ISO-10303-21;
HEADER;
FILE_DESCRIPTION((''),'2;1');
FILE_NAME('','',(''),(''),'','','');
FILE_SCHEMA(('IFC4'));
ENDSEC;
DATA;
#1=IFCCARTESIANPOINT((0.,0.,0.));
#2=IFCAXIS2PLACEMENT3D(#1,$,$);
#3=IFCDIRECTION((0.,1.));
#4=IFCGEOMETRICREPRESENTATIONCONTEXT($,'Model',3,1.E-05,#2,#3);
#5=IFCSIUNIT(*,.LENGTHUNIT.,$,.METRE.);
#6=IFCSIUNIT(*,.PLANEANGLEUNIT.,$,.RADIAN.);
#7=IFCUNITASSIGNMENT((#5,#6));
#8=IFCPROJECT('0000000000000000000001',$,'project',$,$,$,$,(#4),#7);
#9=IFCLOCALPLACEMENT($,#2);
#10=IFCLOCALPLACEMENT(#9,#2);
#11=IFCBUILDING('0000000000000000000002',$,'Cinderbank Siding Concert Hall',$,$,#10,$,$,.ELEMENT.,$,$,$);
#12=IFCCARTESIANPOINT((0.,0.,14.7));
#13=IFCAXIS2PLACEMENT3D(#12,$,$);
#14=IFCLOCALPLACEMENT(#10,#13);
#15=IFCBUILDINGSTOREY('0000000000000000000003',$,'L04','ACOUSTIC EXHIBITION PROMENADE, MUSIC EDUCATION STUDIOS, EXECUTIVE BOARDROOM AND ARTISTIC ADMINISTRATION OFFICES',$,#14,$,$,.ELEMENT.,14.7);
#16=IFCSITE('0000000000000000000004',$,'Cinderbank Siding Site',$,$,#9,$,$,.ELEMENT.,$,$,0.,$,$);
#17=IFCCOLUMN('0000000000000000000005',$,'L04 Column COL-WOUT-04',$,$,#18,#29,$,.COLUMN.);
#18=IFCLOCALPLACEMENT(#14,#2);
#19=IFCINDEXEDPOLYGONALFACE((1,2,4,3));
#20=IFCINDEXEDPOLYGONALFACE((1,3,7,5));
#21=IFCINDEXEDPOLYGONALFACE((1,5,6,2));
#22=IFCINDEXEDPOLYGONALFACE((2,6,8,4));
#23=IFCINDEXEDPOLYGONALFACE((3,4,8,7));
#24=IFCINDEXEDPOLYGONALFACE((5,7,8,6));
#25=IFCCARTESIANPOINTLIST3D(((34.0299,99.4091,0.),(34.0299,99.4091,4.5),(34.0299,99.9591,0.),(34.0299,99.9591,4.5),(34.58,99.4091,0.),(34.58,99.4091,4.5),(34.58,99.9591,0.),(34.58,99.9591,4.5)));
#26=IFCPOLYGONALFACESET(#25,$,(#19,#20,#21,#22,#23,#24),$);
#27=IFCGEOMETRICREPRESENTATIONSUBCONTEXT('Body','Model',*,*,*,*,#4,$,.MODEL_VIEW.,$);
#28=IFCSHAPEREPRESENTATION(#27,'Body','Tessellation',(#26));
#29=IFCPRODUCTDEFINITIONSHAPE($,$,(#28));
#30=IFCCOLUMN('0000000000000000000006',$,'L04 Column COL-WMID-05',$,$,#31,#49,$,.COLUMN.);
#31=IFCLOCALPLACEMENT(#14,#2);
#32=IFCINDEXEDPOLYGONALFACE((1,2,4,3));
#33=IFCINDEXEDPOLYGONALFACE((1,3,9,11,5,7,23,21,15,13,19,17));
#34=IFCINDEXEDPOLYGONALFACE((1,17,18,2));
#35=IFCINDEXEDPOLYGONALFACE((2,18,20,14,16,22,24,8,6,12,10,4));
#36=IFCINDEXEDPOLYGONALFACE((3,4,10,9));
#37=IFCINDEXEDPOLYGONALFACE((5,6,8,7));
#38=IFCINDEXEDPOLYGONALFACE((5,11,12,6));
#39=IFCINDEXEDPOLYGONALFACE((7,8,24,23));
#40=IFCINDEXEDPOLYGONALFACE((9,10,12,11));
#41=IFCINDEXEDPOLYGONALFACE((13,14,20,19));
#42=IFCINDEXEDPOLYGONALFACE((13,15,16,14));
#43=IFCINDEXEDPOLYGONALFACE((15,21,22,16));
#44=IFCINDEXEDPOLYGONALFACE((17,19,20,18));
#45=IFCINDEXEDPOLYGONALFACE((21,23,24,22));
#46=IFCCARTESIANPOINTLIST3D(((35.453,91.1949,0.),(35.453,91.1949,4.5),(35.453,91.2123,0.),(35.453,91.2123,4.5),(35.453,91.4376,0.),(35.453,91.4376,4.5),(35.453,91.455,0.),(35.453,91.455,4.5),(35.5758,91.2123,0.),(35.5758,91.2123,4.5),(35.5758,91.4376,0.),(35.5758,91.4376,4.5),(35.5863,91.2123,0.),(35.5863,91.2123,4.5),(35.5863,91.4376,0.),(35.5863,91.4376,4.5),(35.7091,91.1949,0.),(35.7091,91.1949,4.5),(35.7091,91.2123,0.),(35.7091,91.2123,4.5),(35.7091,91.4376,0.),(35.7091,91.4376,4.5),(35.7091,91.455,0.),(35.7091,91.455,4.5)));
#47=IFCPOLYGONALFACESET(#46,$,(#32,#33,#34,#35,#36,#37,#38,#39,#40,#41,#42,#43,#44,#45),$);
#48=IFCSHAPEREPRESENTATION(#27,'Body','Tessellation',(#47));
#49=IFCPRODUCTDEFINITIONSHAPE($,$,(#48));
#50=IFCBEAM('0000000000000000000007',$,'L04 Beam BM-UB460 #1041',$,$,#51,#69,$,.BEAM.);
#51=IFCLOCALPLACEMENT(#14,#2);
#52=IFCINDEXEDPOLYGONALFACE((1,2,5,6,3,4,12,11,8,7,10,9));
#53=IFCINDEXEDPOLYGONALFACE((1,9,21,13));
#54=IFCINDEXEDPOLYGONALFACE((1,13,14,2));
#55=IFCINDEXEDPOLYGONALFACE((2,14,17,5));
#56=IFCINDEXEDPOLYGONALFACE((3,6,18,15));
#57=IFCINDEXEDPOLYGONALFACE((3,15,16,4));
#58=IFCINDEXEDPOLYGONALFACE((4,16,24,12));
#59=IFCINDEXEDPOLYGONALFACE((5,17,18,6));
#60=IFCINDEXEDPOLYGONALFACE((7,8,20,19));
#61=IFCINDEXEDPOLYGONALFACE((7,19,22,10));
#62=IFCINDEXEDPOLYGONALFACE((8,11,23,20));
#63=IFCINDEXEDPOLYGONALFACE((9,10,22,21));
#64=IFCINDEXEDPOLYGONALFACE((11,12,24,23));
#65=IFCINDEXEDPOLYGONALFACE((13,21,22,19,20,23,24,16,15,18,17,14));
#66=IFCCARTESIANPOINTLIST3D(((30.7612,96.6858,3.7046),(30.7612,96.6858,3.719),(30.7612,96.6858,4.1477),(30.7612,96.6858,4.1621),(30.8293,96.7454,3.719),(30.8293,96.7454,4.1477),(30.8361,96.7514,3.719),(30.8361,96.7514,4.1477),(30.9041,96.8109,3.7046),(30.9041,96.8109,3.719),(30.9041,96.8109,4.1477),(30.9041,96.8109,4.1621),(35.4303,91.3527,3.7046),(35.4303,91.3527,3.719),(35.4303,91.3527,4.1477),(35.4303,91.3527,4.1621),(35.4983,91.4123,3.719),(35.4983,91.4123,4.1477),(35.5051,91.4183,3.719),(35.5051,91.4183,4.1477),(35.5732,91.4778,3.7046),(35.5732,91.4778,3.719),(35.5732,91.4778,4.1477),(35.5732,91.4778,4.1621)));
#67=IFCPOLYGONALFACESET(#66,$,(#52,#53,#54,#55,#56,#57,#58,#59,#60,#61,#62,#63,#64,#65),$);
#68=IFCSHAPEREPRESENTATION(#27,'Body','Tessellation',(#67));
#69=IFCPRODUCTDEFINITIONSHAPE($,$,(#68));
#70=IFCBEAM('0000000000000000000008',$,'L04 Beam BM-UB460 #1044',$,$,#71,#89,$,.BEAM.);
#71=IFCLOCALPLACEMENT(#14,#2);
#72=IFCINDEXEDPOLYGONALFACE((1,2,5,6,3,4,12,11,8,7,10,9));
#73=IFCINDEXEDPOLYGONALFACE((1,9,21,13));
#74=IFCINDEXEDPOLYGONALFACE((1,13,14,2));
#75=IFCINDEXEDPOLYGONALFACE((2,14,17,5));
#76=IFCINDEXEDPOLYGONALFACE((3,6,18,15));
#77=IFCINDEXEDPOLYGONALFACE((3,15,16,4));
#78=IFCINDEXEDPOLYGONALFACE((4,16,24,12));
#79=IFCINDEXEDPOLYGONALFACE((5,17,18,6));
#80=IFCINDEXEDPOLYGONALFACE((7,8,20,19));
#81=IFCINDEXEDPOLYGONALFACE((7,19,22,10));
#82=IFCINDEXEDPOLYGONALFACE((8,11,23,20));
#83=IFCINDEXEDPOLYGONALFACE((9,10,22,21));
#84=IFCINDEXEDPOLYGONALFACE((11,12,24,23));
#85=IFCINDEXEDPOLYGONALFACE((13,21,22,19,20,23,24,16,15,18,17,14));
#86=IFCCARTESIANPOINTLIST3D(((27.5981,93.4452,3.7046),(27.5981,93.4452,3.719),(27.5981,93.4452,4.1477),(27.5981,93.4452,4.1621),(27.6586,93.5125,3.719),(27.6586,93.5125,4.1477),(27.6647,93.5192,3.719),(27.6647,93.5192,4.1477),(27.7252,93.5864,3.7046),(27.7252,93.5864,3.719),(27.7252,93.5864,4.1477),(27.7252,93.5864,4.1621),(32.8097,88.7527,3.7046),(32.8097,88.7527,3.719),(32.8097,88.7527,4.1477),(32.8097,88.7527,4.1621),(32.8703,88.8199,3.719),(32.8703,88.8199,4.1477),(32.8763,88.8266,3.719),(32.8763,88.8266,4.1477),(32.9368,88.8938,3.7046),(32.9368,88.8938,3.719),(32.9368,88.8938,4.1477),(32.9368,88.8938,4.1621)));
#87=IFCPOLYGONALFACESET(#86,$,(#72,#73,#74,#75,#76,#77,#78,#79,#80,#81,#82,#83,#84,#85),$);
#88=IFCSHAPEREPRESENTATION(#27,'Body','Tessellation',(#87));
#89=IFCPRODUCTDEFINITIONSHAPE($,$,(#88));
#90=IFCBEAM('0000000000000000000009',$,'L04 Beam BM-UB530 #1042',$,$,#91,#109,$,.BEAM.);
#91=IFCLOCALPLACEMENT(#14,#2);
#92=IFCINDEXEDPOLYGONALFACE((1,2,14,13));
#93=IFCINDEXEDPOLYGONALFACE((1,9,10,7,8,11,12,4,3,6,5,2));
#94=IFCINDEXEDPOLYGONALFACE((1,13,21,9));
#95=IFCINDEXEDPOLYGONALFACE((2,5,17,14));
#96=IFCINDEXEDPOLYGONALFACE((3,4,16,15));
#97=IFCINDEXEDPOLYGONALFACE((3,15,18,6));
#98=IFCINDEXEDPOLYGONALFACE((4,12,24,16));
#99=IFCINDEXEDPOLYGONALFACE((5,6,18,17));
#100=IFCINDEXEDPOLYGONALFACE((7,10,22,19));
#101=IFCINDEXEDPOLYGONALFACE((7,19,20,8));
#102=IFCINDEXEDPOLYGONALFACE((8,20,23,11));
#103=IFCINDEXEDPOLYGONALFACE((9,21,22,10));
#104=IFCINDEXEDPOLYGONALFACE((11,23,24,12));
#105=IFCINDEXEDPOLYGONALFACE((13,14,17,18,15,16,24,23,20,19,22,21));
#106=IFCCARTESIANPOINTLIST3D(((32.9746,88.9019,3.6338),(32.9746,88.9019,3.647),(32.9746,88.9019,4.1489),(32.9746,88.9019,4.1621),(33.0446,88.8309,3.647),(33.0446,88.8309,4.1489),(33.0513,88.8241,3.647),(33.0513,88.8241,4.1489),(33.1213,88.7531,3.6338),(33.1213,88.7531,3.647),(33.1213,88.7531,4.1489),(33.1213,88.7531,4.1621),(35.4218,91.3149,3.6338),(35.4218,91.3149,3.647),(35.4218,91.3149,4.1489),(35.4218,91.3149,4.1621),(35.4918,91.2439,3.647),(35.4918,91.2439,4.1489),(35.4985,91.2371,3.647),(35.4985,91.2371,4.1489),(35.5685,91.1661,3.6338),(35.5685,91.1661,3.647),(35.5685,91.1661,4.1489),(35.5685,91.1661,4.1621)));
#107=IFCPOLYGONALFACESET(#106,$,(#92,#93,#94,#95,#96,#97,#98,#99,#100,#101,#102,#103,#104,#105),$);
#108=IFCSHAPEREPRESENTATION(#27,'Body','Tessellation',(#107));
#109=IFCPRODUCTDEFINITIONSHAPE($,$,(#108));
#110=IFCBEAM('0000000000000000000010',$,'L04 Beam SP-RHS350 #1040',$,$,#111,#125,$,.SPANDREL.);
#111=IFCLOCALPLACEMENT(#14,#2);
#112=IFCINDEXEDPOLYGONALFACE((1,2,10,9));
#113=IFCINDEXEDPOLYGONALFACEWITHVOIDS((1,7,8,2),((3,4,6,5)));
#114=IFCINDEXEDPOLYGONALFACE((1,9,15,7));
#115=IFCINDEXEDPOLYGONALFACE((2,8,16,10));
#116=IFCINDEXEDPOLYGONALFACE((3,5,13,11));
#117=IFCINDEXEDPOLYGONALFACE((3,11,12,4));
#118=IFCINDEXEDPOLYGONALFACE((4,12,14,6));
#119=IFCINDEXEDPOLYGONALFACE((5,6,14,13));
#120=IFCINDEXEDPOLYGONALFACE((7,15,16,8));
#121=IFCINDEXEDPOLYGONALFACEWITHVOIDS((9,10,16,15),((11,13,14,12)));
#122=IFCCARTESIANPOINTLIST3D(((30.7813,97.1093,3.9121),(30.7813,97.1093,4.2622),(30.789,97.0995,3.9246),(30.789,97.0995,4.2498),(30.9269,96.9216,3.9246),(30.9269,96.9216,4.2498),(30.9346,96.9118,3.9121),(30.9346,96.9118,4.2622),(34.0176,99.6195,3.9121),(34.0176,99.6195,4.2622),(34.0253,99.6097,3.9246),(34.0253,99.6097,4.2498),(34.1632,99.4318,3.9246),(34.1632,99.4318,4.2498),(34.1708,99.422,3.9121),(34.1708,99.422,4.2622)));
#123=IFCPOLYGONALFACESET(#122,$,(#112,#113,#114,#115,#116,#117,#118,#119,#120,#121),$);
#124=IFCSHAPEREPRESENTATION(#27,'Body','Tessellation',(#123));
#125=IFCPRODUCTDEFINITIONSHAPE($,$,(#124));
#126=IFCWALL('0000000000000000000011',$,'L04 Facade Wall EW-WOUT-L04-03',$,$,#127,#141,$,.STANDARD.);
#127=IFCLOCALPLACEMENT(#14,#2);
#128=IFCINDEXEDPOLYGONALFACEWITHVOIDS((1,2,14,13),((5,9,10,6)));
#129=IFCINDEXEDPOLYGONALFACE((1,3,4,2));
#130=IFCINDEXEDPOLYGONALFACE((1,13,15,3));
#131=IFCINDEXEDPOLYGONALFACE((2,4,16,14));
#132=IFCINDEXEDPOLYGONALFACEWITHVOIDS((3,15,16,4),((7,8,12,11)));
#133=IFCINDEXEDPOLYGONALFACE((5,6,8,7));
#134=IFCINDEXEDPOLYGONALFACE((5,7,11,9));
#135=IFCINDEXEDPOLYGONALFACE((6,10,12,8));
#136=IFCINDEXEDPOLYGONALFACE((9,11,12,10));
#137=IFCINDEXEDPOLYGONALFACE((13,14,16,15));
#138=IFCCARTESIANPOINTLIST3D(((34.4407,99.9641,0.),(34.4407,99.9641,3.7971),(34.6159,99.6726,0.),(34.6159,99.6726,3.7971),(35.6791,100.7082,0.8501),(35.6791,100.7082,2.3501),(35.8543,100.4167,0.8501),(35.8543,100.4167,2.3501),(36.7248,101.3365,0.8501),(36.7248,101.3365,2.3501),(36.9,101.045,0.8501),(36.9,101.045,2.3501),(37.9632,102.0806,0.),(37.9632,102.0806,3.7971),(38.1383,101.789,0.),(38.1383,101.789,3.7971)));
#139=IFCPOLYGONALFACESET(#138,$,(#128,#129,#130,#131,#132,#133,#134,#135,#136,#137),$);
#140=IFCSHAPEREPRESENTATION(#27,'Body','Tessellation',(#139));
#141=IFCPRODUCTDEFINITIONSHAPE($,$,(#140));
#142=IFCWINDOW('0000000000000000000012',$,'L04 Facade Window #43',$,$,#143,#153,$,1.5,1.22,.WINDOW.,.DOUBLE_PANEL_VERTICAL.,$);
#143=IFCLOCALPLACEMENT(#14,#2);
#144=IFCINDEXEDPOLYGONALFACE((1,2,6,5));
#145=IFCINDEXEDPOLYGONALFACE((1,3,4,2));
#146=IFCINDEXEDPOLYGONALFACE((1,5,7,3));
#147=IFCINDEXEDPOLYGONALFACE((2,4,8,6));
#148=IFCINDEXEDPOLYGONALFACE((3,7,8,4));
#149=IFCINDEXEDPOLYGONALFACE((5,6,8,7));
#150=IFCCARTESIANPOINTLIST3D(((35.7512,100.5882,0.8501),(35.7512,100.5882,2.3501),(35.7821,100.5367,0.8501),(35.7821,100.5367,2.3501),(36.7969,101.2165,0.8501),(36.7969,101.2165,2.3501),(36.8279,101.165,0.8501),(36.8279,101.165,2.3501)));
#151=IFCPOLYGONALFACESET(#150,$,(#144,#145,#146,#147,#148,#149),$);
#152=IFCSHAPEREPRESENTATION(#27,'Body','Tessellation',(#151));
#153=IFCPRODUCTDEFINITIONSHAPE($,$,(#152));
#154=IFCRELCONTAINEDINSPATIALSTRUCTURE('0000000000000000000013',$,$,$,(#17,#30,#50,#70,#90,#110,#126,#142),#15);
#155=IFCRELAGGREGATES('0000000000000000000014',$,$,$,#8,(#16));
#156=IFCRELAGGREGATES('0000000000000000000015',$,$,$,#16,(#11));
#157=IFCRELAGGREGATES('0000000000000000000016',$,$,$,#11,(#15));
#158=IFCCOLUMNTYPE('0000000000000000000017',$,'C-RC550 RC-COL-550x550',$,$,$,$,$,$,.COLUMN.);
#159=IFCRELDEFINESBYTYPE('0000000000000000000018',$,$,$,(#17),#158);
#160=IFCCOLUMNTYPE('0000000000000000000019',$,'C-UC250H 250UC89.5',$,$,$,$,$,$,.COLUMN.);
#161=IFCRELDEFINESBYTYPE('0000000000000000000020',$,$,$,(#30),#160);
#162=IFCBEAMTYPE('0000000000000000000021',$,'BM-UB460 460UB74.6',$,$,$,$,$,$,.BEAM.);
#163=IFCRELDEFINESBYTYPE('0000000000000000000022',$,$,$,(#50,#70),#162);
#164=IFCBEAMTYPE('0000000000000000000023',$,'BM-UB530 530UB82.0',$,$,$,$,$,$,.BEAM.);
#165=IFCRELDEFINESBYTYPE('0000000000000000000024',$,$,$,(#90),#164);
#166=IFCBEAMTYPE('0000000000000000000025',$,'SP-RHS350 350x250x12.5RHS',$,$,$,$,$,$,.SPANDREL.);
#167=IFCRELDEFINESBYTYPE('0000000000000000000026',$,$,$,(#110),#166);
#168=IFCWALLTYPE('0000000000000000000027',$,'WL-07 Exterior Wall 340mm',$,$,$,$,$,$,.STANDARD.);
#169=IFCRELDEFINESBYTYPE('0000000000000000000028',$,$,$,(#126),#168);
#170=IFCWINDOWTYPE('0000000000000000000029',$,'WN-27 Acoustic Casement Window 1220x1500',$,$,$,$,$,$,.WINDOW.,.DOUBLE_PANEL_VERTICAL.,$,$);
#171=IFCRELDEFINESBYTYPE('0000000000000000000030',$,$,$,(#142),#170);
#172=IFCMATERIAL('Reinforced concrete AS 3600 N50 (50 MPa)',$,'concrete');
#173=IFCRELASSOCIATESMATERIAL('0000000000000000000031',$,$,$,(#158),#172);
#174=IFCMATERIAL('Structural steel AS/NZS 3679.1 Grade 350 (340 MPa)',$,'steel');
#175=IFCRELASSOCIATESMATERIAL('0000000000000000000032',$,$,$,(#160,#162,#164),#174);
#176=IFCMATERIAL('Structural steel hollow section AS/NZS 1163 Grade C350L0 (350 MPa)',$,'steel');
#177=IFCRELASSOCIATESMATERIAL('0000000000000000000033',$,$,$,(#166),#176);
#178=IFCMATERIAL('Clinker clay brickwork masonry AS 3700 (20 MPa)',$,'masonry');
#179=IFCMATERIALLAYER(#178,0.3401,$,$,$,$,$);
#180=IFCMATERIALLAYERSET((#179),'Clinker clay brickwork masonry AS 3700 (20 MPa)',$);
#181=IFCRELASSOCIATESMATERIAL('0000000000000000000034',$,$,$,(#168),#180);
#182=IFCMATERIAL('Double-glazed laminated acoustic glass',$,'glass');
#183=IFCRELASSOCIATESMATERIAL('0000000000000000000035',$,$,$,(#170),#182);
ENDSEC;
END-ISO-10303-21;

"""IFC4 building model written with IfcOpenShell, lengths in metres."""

from ifc_helpers import new_model, si_unit, direction, frame, frame_2d, origin, origin_2d, place, context, subcontext, project, spatial, rectangle, hollow_rectangle, i_section, extrude, material, layer, layer_set, material_profile, profile_set, type_object, element, fill, save


model = new_model("IFC4")

# Units and contexts
model_context = context("Model", 3, precision=1e-05, world=origin(), true_north=direction((0.0, 1.0)))
body_context = subcontext(model_context, "Body", "Model", "MODEL_VIEW")
ifc_project = project(units=[si_unit("LENGTHUNIT", "METRE"), si_unit("PLANEANGLEUNIT", "RADIAN")], contexts=[model_context])

# Site, building, storey
site_placement = place(None, origin())
site = spatial("IfcSite", under=ifc_project, at=site_placement, Name="Cinderbank Siding Site", CompositionType="ELEMENT", RefElevation=0.0)
building_placement = place(site_placement, origin())
building = spatial("IfcBuilding", under=site, at=building_placement, Name="Cinderbank Siding Concert Hall", CompositionType="ELEMENT")
storey_placement = place(building_placement, frame((0.0, 0.0, 14.7)))
storey = spatial("IfcBuildingStorey", under=building, at=storey_placement, Name="L04", Description="ACOUSTIC EXHIBITION PROMENADE, MUSIC EDUCATION STUDIOS, EXECUTIVE BOARDROOM AND ARTISTIC ADMINISTRATION OFFICES", CompositionType="ELEMENT", Elevation=14.7)

# Columns
ifc_material_1 = material(Name="Reinforced concrete AS 3600 N50 (50 MPa)", Category="concrete")
ifc_material_profile_1 = material_profile(ifc_material_1, rectangle(XDim=0.55, YDim=0.55, at=origin_2d()), Name="RC-COL-550x550", Category="LoadBearing")
ifc_profile_set_1 = profile_set([ifc_material_profile_1], Name="Reinforced concrete AS 3600 N50 (50 MPa)")
column_type_1 = type_object("IfcColumnType", Name="C-RC550 RC-COL-550x550", PredefinedType="COLUMN", material=ifc_profile_set_1)
column_1_placement = place(storey_placement, frame((34.3049, 99.6841, 0.0), z_axis=(0.0, 0.0, 1.0), x_axis=(1.0, 0.0, 0.0)))
element("IfcColumn", 1, at=column_1_placement, inside=storey, type_object=column_type_1, Name="L04 Column COL-WOUT-04", PredefinedType="COLUMN", context=body_context, shape_type="SweptSolid", body=[
    extrude(rectangle(XDim=0.55, YDim=0.55, at=origin_2d()), origin(), (0.0, 0.0, 1.0), 4.5),
])
ifc_material_2 = material(Name="Structural steel AS/NZS 3679.1 Grade 350 (340 MPa)", Category="steel")
ifc_material_profile_2 = material_profile(ifc_material_2, i_section(OverallWidth=0.2561, OverallDepth=0.26, WebThickness=0.0105, FlangeThickness=0.0173, at=origin_2d()), Name="250UC89.5", Category="LoadBearing")
ifc_profile_set_2 = profile_set([ifc_material_profile_2], Name="Structural steel AS/NZS 3679.1 Grade 350 (340 MPa)")
column_type_2 = type_object("IfcColumnType", Name="C-UC250H 250UC89.5", PredefinedType="COLUMN", material=ifc_profile_set_2)
column_2_placement = place(storey_placement, frame((35.5811, 91.325, 0.0), z_axis=(0.0, 0.0, 1.0), x_axis=(1.0, 0.0, 0.0)))
element("IfcColumn", 2, at=column_2_placement, inside=storey, type_object=column_type_2, Name="L04 Column COL-WMID-05", PredefinedType="COLUMN", context=body_context, shape_type="SweptSolid", body=[
    extrude(i_section(OverallWidth=0.2561, OverallDepth=0.26, WebThickness=0.0105, FlangeThickness=0.0173, at=origin_2d()), origin(), (0.0, 0.0, 1.0), 4.5),
])

# Beams
ifc_material_profile_3 = material_profile(ifc_material_2, i_section(OverallWidth=0.1899, OverallDepth=0.4575, WebThickness=0.009, FlangeThickness=0.0144, at=origin_2d()), Name="460UB74.6", Category="LoadBearing")
ifc_profile_set_3 = profile_set([ifc_material_profile_3], Name="Structural steel AS/NZS 3679.1 Grade 350 (340 MPa)")
beam_type_1 = type_object("IfcBeamType", Name="BM-UB460 460UB74.6", PredefinedType="BEAM", material=ifc_profile_set_3)
beam_1_placement = place(storey_placement, frame((35.5017, 91.4153, 3.9333), z_axis=(-0.658709, 0.752397, 0.0), x_axis=(-0.752397, -0.658709, 0.0)))
element("IfcBeam", 3, at=beam_1_placement, inside=storey, type_object=beam_type_1, Name="L04 Beam BM-UB460 #1041", PredefinedType="BEAM", context=body_context, shape_type="SweptSolid", body=[
    extrude(i_section(OverallWidth=0.1899, OverallDepth=0.4575, WebThickness=0.009, FlangeThickness=0.0144, at=origin_2d()), origin(), (0.0, 0.0, 1.0), 7.0881),
])
beam_2_placement = place(storey_placement, frame((32.8733, 88.8232, 3.9333), z_axis=(-0.743144, 0.669132, 0.0), x_axis=(-0.669132, -0.743144, 0.0)))
element("IfcBeam", 4, at=beam_2_placement, inside=storey, type_object=beam_type_1, Name="L04 Beam BM-UB460 #1044", PredefinedType="BEAM", context=body_context, shape_type="SweptSolid", body=[
    extrude(i_section(OverallWidth=0.1899, OverallDepth=0.4575, WebThickness=0.009, FlangeThickness=0.0144, at=origin_2d()), origin(), (0.0, 0.0, 1.0), 7.0129),
])
ifc_material_profile_4 = material_profile(ifc_material_2, i_section(OverallWidth=0.209, OverallDepth=0.5283, WebThickness=0.0095, FlangeThickness=0.0132, at=origin_2d()), Name="530UB82.0", Category="LoadBearing")
ifc_profile_set_4 = profile_set([ifc_material_profile_4], Name="Structural steel AS/NZS 3679.1 Grade 350 (340 MPa)")
beam_type_2 = type_object("IfcBeamType", Name="BM-UB530 530UB82.0", PredefinedType="BEAM", material=ifc_profile_set_4)
beam_3_placement = place(storey_placement, frame((35.4951, 91.2405, 3.8979), z_axis=(-0.712062, -0.702117, 0.0), x_axis=(0.702117, -0.712062, 0.0)))
element("IfcBeam", 5, at=beam_3_placement, inside=storey, type_object=beam_type_2, Name="L04 Beam BM-UB530 #1042", PredefinedType="BEAM", context=body_context, shape_type="SweptSolid", body=[
    extrude(i_section(OverallWidth=0.209, OverallDepth=0.5283, WebThickness=0.0095, FlangeThickness=0.0132, at=origin_2d()), origin(), (0.0, 0.0, 1.0), 3.4368),
])
ifc_material_3 = material(Name="Structural steel hollow section AS/NZS 1163 Grade C350L0 (350 MPa)", Category="steel")
ifc_material_profile_5 = material_profile(ifc_material_3, hollow_rectangle(XDim=0.25, YDim=0.3501, WallThickness=0.0125, at=origin_2d()), Name="350x250x12.5RHS", Category="LoadBearing")
ifc_profile_set_5 = profile_set([ifc_material_profile_5], Name="Structural steel hollow section AS/NZS 1163 Grade C350L0 (350 MPa)")
beam_type_3 = type_object("IfcBeamType", Name="SP-RHS350 350x250x12.5RHS", PredefinedType="SPANDREL", material=ifc_profile_set_5)
beam_4_placement = place(storey_placement, frame((34.0942, 99.5208, 4.0872), z_axis=(-0.790167, -0.612892, 0.0), x_axis=(0.612892, -0.790167, 0.0)))
element("IfcBeam", 6, at=beam_4_placement, inside=storey, type_object=beam_type_3, Name="L04 Beam SP-RHS350 #1040", PredefinedType="SPANDREL", context=body_context, shape_type="SweptSolid", body=[
    extrude(hollow_rectangle(XDim=0.25, YDim=0.3501, WallThickness=0.0125, at=origin_2d()), origin(), (0.0, 0.0, 1.0), 4.0957),
])

# Wall, opening, window
ifc_material_4 = material(Name="Clinker clay brickwork masonry AS 3700 (20 MPa)", Category="masonry")
ifc_layer_1 = layer(ifc_material_4, 0.3401)
ifc_layer_set_1 = layer_set([ifc_layer_1], Name="Clinker clay brickwork masonry AS 3700 (20 MPa)")
wall_type_1 = type_object("IfcWallType", Name="WL-07 Exterior Wall 340mm", PredefinedType="STANDARD", material=ifc_layer_set_1)
wall_1_placement = place(storey_placement, frame((34.5283, 99.8184, 0.0), z_axis=(0.0, 0.0, 1.0), x_axis=(0.857173, 0.515029, 0.0)))
wall_1 = element("IfcWall", 7, at=wall_1_placement, inside=storey, type_object=wall_type_1, Name="L04 Facade Wall EW-WOUT-L04-03", PredefinedType="STANDARD", context=body_context, shape_type="SweptSolid", body=[
    extrude(rectangle(XDim=4.1094, YDim=0.3401, at=frame_2d((2.0547, 0.0))), origin(), (0.0, 0.0, 1.0), 3.7971),
])
opening_1_placement = place(wall_1_placement, frame((1.4448, 0.0, 0.8501)))
opening_1 = element("IfcOpeningElement", 8, at=opening_1_placement, cuts=wall_1, PredefinedType="OPENING", context=body_context, shape_type="SweptSolid", body=[
    extrude(rectangle(XDim=1.22, YDim=1.5, at=frame_2d((0.6099, 0.75))), frame((0.0, 0.1821, 0.0), z_axis=(0.0, -1.0, 0.0), x_axis=(1.0, 0.0, 0.0)), (0.0, 0.0, 1.0), 0.364),
])
ifc_material_5 = material(Name="Double-glazed laminated acoustic glass", Category="glass")
window_type_1 = type_object("IfcWindowType", Name="WN-27 Acoustic Casement Window 1220x1500", PartitioningType="DOUBLE_PANEL_VERTICAL", PredefinedType="WINDOW", material=ifc_material_5)
window_1_placement = place(opening_1_placement, origin())
window_1 = element("IfcWindow", 9, at=window_1_placement, inside=storey, type_object=window_type_1, Name="L04 Facade Window #43", OverallHeight=1.5, OverallWidth=1.22, PartitioningType="DOUBLE_PANEL_VERTICAL", PredefinedType="WINDOW", context=body_context, shape_type="SweptSolid", body=[
    extrude(rectangle(XDim=1.22, YDim=1.5, at=frame_2d((0.6099, 0.75))), frame((0.0, 0.03, 0.0), z_axis=(0.0, -1.0, 0.0), x_axis=(1.0, 0.0, 0.0)), (0.0, 0.0, 1.0), 0.0601),
])
fill(opening_1, window_1)

save(model, "model.ifc")
